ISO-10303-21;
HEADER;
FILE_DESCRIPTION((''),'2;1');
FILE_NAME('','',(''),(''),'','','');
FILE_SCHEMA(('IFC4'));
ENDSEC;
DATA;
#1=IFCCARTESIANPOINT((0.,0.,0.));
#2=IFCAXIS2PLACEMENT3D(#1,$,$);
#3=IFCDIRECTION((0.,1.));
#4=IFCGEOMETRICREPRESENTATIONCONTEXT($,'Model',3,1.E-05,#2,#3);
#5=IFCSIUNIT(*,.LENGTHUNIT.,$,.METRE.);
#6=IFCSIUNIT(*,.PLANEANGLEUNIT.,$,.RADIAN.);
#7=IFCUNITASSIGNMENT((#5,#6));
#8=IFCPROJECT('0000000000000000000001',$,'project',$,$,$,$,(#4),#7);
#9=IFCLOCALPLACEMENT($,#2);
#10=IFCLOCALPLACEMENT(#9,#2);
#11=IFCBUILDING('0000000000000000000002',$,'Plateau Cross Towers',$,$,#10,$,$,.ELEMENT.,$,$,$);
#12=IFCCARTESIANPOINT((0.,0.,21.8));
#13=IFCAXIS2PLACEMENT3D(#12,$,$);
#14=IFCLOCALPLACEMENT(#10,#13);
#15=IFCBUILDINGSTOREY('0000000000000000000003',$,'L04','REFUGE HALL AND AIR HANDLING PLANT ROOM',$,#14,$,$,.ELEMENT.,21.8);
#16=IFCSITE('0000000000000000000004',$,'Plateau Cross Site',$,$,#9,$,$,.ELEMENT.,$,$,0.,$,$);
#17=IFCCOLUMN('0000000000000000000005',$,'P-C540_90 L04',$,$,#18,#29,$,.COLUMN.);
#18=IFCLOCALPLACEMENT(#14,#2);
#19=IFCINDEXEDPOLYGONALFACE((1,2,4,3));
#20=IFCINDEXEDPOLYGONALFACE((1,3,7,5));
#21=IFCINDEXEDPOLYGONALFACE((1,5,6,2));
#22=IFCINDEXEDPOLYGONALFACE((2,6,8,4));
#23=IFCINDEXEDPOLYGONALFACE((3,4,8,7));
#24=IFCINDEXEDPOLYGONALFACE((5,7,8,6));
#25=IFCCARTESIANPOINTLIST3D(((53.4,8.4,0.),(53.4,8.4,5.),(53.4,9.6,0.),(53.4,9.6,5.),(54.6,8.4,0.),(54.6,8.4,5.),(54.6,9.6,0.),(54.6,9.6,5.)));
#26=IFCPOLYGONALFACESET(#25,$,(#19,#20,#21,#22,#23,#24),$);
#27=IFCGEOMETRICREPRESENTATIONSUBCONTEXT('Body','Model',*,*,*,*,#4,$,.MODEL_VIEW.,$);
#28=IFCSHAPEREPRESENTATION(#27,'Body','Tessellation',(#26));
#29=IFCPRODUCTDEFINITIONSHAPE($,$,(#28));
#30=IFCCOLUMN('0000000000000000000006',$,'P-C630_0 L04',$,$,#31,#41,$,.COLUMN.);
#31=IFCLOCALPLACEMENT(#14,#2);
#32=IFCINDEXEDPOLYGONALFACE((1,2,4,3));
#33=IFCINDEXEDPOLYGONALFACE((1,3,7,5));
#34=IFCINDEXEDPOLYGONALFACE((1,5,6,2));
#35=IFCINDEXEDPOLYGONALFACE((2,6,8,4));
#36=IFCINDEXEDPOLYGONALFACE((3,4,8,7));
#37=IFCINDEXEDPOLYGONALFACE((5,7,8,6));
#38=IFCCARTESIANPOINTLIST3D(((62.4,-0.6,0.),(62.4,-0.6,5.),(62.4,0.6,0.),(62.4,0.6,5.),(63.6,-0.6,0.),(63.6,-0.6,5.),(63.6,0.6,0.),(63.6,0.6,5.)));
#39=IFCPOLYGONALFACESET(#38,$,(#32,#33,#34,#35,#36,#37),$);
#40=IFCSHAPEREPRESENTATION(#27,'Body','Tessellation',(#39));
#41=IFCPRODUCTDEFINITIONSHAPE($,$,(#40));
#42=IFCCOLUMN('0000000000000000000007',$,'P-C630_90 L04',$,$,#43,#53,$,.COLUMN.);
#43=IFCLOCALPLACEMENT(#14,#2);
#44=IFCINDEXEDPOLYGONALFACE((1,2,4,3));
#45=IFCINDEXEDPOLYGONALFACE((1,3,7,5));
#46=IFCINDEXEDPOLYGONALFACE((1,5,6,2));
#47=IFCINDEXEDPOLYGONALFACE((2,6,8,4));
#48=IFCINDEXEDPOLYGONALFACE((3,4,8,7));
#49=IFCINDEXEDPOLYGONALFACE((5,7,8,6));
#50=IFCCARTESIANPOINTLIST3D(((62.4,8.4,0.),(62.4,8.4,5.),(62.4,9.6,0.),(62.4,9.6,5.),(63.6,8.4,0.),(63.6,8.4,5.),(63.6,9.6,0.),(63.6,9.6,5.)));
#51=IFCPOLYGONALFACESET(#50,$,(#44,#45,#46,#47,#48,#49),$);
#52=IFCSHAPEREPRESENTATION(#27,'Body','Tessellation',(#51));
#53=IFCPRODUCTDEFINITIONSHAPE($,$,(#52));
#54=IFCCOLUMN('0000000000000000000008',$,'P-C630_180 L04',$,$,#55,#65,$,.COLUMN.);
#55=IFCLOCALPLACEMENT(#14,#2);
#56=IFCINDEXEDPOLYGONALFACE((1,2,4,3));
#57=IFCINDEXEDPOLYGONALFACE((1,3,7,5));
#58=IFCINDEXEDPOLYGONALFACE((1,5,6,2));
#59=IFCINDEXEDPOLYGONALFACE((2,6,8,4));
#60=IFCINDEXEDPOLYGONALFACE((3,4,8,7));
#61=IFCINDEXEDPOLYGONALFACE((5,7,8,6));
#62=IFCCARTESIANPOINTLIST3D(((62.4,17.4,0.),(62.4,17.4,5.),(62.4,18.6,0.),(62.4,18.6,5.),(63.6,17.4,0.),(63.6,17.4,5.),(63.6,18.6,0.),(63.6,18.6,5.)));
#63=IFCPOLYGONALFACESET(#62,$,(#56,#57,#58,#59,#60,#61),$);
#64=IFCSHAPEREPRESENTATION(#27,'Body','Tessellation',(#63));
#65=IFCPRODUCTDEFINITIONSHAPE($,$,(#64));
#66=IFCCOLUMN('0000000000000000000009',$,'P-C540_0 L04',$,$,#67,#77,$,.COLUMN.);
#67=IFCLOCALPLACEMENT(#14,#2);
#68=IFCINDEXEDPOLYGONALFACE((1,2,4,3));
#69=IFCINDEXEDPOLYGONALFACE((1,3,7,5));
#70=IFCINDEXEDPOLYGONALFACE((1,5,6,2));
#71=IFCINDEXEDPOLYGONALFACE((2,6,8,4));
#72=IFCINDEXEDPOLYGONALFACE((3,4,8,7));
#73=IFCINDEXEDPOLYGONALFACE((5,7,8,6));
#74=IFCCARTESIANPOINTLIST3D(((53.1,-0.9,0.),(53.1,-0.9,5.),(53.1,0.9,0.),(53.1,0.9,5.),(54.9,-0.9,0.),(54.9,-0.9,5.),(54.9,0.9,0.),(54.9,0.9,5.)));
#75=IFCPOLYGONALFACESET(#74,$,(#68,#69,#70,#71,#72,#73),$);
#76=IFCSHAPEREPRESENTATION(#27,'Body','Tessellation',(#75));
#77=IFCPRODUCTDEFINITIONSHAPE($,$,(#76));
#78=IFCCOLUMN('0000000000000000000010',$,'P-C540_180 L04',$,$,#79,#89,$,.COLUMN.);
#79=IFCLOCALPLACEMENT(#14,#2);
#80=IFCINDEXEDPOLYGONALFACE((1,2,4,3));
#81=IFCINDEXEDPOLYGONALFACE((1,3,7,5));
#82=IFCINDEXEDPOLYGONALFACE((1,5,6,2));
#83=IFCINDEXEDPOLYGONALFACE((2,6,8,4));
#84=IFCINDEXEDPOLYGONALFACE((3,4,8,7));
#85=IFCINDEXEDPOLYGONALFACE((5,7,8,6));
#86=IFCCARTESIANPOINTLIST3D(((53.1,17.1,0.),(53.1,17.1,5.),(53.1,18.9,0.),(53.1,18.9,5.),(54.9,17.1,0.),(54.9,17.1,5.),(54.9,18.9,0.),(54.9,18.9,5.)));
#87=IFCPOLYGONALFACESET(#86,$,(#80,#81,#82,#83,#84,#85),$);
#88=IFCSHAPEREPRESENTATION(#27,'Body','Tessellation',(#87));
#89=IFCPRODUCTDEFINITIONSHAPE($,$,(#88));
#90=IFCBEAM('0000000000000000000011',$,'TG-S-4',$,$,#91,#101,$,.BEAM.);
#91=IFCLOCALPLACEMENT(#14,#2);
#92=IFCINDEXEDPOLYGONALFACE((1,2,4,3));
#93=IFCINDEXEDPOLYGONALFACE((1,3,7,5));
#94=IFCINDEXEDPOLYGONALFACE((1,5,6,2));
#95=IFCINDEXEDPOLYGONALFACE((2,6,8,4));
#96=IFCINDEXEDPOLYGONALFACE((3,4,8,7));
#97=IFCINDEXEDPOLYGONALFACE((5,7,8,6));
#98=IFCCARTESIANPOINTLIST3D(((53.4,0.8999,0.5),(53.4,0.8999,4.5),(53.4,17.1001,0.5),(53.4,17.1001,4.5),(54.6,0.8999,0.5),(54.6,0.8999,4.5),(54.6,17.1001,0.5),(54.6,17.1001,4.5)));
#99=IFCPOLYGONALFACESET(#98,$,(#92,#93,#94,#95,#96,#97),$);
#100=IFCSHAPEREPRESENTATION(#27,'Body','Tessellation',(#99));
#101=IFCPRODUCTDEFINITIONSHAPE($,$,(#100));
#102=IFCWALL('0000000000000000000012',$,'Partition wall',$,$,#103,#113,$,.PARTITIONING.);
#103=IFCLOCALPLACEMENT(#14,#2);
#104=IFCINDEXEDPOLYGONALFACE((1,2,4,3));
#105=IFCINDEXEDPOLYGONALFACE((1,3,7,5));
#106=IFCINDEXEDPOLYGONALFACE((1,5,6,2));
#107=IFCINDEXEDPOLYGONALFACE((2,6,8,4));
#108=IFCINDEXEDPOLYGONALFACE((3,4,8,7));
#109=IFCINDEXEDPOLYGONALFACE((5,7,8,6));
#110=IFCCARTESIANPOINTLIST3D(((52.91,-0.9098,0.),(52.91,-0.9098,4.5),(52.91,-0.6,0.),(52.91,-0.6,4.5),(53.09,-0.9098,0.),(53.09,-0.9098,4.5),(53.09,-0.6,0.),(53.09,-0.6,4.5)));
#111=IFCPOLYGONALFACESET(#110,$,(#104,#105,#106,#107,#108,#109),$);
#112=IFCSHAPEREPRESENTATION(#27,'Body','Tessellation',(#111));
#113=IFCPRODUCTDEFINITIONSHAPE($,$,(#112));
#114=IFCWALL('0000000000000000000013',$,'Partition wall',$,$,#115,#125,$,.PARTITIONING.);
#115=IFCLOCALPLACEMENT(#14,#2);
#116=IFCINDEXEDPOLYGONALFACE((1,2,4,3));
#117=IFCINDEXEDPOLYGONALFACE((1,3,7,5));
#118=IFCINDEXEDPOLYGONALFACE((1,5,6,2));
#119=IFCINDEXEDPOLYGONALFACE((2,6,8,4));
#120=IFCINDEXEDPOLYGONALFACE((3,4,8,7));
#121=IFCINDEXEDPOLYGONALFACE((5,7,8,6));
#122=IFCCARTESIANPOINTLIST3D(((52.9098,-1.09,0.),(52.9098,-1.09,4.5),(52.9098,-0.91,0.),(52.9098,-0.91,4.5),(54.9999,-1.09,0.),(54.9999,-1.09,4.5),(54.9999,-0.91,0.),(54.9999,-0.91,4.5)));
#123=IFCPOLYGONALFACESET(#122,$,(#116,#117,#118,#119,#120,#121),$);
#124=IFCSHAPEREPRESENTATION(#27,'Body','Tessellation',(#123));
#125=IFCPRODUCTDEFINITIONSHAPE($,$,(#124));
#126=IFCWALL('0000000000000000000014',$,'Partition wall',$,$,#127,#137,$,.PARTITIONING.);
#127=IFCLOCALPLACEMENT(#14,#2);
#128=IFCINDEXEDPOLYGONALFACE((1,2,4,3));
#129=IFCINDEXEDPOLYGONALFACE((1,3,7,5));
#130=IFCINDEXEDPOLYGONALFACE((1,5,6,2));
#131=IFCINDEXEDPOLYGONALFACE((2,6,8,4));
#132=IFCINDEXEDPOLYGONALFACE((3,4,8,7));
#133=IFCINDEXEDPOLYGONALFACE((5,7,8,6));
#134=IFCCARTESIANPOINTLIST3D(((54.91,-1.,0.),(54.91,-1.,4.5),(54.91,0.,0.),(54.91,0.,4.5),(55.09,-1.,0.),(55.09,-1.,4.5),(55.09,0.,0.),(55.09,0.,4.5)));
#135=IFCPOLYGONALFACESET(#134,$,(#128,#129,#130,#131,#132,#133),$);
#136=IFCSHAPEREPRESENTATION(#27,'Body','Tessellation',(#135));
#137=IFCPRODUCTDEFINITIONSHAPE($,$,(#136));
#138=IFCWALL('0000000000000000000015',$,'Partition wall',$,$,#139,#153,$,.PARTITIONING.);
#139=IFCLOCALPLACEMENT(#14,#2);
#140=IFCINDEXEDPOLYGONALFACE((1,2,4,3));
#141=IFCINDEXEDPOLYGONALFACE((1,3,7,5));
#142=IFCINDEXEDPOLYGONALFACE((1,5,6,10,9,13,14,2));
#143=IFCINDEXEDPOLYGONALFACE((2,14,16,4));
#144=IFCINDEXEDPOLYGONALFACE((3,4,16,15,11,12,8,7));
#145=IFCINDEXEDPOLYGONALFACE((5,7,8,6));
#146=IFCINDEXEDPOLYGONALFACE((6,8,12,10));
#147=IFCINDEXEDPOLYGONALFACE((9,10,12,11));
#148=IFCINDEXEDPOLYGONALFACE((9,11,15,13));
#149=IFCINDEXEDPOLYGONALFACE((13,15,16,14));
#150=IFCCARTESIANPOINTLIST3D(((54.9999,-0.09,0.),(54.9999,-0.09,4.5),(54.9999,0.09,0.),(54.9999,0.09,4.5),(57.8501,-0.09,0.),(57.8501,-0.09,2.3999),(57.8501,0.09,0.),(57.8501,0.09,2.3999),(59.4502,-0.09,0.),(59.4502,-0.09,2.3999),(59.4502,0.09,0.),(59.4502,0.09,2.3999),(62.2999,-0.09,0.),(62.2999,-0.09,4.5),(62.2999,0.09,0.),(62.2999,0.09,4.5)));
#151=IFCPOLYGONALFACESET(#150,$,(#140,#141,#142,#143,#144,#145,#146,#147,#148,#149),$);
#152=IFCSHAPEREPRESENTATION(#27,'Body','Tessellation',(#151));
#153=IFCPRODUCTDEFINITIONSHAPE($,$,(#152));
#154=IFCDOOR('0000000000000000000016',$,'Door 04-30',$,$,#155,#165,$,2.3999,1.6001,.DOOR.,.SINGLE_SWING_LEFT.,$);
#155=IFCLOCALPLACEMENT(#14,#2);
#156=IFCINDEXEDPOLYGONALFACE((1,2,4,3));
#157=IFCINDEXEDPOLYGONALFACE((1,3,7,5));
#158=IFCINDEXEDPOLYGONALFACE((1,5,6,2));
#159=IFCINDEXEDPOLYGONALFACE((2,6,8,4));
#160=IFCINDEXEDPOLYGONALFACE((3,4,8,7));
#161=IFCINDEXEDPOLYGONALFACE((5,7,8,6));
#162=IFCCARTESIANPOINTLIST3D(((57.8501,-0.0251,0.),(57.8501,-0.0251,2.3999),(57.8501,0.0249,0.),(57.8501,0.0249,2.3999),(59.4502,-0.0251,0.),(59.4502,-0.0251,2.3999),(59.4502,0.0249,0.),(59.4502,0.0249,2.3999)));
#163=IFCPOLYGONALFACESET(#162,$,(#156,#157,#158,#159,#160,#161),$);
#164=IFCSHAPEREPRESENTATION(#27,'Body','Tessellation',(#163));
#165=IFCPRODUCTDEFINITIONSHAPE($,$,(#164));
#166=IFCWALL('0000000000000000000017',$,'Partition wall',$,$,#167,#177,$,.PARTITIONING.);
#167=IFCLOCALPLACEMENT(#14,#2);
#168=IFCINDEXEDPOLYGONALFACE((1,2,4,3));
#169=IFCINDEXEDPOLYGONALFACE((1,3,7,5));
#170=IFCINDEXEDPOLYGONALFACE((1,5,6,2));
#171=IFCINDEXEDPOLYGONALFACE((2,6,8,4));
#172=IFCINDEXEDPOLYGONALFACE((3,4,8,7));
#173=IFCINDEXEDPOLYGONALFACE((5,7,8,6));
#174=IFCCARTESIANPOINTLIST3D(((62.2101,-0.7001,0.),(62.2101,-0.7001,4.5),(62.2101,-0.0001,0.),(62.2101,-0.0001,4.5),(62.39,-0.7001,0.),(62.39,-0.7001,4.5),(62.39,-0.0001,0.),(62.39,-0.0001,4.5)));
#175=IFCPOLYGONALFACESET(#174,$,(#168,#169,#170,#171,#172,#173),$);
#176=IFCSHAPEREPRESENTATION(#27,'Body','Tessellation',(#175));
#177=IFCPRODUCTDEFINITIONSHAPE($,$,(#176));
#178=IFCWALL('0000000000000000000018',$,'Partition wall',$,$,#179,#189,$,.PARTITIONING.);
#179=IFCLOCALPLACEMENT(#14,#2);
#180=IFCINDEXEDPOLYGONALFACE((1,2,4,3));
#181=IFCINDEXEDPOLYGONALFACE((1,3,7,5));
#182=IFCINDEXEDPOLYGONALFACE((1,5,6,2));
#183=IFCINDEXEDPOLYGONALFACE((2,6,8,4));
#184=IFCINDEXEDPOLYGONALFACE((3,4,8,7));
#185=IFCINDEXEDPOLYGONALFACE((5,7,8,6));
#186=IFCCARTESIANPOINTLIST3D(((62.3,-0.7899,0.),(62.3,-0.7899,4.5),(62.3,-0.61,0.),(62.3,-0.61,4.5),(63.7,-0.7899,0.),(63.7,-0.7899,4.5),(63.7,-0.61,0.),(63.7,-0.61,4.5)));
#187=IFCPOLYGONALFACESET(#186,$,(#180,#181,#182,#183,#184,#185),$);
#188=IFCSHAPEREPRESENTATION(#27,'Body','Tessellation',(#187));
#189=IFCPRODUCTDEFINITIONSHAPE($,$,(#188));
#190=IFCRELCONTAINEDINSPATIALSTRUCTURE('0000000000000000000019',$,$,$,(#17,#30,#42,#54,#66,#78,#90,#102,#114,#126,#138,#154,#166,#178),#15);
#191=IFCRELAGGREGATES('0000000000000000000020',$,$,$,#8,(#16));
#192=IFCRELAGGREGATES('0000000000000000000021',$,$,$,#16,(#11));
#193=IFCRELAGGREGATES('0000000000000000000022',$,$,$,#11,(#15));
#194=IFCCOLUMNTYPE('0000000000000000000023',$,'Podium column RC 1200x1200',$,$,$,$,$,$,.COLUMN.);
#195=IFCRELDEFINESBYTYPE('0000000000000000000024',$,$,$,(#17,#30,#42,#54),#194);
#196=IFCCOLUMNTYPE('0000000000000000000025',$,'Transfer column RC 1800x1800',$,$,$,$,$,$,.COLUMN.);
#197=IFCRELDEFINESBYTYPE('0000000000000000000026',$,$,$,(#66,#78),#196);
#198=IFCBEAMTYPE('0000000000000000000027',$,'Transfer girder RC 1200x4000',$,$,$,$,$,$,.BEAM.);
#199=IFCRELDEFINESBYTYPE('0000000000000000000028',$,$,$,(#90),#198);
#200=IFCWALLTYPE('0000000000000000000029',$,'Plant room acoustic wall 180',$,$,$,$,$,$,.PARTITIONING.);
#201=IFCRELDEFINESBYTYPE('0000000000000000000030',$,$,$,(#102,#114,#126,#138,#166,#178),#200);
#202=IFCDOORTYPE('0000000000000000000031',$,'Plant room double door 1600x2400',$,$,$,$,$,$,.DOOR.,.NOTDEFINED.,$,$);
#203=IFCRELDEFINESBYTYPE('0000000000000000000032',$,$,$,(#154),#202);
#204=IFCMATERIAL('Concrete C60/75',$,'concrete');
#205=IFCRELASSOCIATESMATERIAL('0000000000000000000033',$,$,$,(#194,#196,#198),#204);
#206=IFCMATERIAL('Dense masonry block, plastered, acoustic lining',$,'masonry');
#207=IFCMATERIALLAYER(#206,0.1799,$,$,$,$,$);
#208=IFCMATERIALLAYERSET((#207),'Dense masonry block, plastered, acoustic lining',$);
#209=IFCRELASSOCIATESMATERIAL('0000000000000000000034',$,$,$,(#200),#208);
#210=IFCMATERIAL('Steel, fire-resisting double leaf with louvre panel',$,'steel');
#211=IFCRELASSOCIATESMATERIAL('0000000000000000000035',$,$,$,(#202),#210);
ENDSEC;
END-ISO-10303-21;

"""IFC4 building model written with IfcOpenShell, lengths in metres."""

from ifc_helpers import new_model, si_unit, direction, frame, frame_2d, origin, origin_2d, place, context, subcontext, project, spatial, rectangle, extrude, material, layer, layer_set, material_profile, profile_set, type_object, element, fill, save


model = new_model("IFC4")

# Units and contexts
model_context = context("Model", 3, precision=1e-05, world=origin(), true_north=direction((0.0, 1.0)))
body_context = subcontext(model_context, "Body", "Model", "MODEL_VIEW")
ifc_project = project(units=[si_unit("LENGTHUNIT", "METRE"), si_unit("PLANEANGLEUNIT", "RADIAN")], contexts=[model_context])

# Site, building, storey
site_placement = place(None, origin())
site = spatial("IfcSite", under=ifc_project, at=site_placement, Name="Plateau Cross Site", CompositionType="ELEMENT", RefElevation=0.0)
building_placement = place(site_placement, origin())
building = spatial("IfcBuilding", under=site, at=building_placement, Name="Plateau Cross Towers", CompositionType="ELEMENT")
storey_placement = place(building_placement, frame((0.0, 0.0, 21.8)))
storey = spatial("IfcBuildingStorey", under=building, at=storey_placement, Name="L04", Description="REFUGE HALL AND AIR HANDLING PLANT ROOM", CompositionType="ELEMENT", Elevation=21.8)

# Columns
ifc_material_1 = material(Name="Concrete C60/75", Category="concrete")
ifc_material_profile_1 = material_profile(ifc_material_1, rectangle(XDim=1.2, YDim=1.2, at=origin_2d()), Name="RC 1200x1200")
ifc_profile_set_1 = profile_set([ifc_material_profile_1], Name="Concrete C60/75")
column_type_1 = type_object("IfcColumnType", Name="Podium column RC 1200x1200", PredefinedType="COLUMN", material=ifc_profile_set_1)
for number, where, z_axis, x_axis, name in (
    (1, (54.0, 9.0, 0.0), (0.0, 0.0, 1.0), (1.0, 0.0, 0.0), "P-C540_90 L04"),
    (2, (63.0, 0.0, 0.0), (0.0, 0.0, 1.0), (1.0, 0.0, 0.0), "P-C630_0 L04"),
    (3, (63.0, 9.0, 0.0), (0.0, 0.0, 1.0), (1.0, 0.0, 0.0), "P-C630_90 L04"),
    (4, (63.0, 18.0, 0.0), (0.0, 0.0, 1.0), (1.0, 0.0, 0.0), "P-C630_180 L04"),
):
    element("IfcColumn", number, at=place(storey_placement, frame(where, z_axis=z_axis, x_axis=x_axis)), inside=storey, type_object=column_type_1, Name=name, PredefinedType="COLUMN", context=body_context, shape_type="SweptSolid", body=[
        extrude(rectangle(XDim=1.2, YDim=1.2, at=origin_2d()), origin(), (0.0, 0.0, 1.0), 5.0),
    ])
ifc_material_profile_2 = material_profile(ifc_material_1, rectangle(XDim=1.8, YDim=1.8, at=origin_2d()), Name="RC 1800x1800")
ifc_profile_set_2 = profile_set([ifc_material_profile_2], Name="Concrete C60/75")
column_type_2 = type_object("IfcColumnType", Name="Transfer column RC 1800x1800", PredefinedType="COLUMN", material=ifc_profile_set_2)
for number, where, z_axis, x_axis, name in (
    (5, (54.0, 0.0, 0.0), (0.0, 0.0, 1.0), (1.0, 0.0, 0.0), "P-C540_0 L04"),
    (6, (54.0, 18.0, 0.0), (0.0, 0.0, 1.0), (1.0, 0.0, 0.0), "P-C540_180 L04"),
):
    element("IfcColumn", number, at=place(storey_placement, frame(where, z_axis=z_axis, x_axis=x_axis)), inside=storey, type_object=column_type_2, Name=name, PredefinedType="COLUMN", context=body_context, shape_type="SweptSolid", body=[
        extrude(rectangle(XDim=1.8, YDim=1.8, at=origin_2d()), origin(), (0.0, 0.0, 1.0), 5.0),
    ])

# Beam
ifc_material_profile_3 = material_profile(ifc_material_1, rectangle(XDim=1.2, YDim=4.0, at=origin_2d()), Name="RC 1200x4000")
ifc_profile_set_3 = profile_set([ifc_material_profile_3], Name="Concrete C60/75")
beam_type = type_object("IfcBeamType", Name="Transfer girder RC 1200x4000", PredefinedType="BEAM", material=ifc_profile_set_3)
beam_placement = place(storey_placement, frame((54.0, 0.8999, 2.5), z_axis=(0.0, 1.0, 0.0), x_axis=(-1.0, 0.0, 0.0)))
element("IfcBeam", 7, at=beam_placement, inside=storey, type_object=beam_type, Name="TG-S-4", PredefinedType="BEAM", context=body_context, shape_type="SweptSolid", body=[
    extrude(rectangle(XDim=1.2, YDim=4.0, at=origin_2d()), origin(), (0.0, 0.0, 1.0), 16.2002),
])

# Walls
ifc_material_2 = material(Name="Dense masonry block, plastered, acoustic lining", Category="masonry")
ifc_layer_1 = layer(ifc_material_2, 0.1799)
ifc_layer_set_1 = layer_set([ifc_layer_1], Name="Dense masonry block, plastered, acoustic lining")
wall_type_1 = type_object("IfcWallType", Name="Plant room acoustic wall 180", PredefinedType="PARTITIONING", material=ifc_layer_set_1)
wall_1_placement = place(storey_placement, frame((53.0, -0.6001, 0.0), z_axis=(0.0, 0.0, 1.0), x_axis=(0.0, -1.0, 0.0)))
element("IfcWall", 8, at=wall_1_placement, inside=storey, type_object=wall_type_1, Name="Partition wall", PredefinedType="PARTITIONING", context=body_context, shape_type="SweptSolid", body=[
    extrude(rectangle(XDim=0.3098, YDim=0.1799, at=frame_2d((0.1548, 0.0))), origin(), (0.0, 0.0, 1.0), 4.5),
])
wall_2_placement = place(storey_placement, frame((52.9099, -1.0, 0.0), z_axis=(0.0, 0.0, 1.0), x_axis=(1.0, 0.0, 0.0)))
element("IfcWall", 9, at=wall_2_placement, inside=storey, type_object=wall_type_1, Name="Partition wall", PredefinedType="PARTITIONING", context=body_context, shape_type="SweptSolid", body=[
    extrude(rectangle(XDim=2.0901, YDim=0.1799, at=frame_2d((1.0449, 0.0))), origin(), (0.0, 0.0, 1.0), 4.5),
])
wall_3_placement = place(storey_placement, frame((55.0, -1.0, 0.0), z_axis=(0.0, 0.0, 1.0), x_axis=(0.0, 1.0, 0.0)))
element("IfcWall", 10, at=wall_3_placement, inside=storey, type_object=wall_type_1, Name="Partition wall", PredefinedType="PARTITIONING", context=body_context, shape_type="SweptSolid", body=[
    extrude(rectangle(XDim=1.0, YDim=0.1799, at=frame_2d((0.5, 0.0))), origin(), (0.0, 0.0, 1.0), 4.5),
])

# Wall, opening, door
wall_4_placement = place(storey_placement, frame((55.0, 0.0, 0.0), z_axis=(0.0, 0.0, 1.0), x_axis=(1.0, 0.0, 0.0)))
wall_4 = element("IfcWall", 11, at=wall_4_placement, inside=storey, type_object=wall_type_1, Name="Partition wall", PredefinedType="PARTITIONING", context=body_context, shape_type="SweptSolid", body=[
    extrude(rectangle(XDim=7.3, YDim=0.1799, at=frame_2d((3.6499, 0.0))), origin(), (0.0, 0.0, 1.0), 4.5),
])
opening_placement = place(wall_4_placement, frame((2.8501, 0.0, 0.0)))
opening = element("IfcOpeningElement", 12, at=opening_placement, cuts=wall_4, PredefinedType="OPENING", context=body_context, shape_type="SweptSolid", body=[
    extrude(rectangle(XDim=1.6001, YDim=2.3999, at=frame_2d((0.8, 1.2))), frame((0.0, 0.0999, 0.0), z_axis=(0.0, -1.0, 0.0), x_axis=(1.0, 0.0, 0.0)), (0.0, 0.0, 1.0), 0.2),
])
ifc_material_3 = material(Name="Steel, fire-resisting double leaf with louvre panel", Category="steel")
door_type = type_object("IfcDoorType", Name="Plant room double door 1600x2400", OperationType="NOTDEFINED", PredefinedType="DOOR", material=ifc_material_3)
door_placement = place(opening_placement, origin())
door = element("IfcDoor", 13, at=door_placement, inside=storey, type_object=door_type, Name="Door 04-30", OperationType="SINGLE_SWING_LEFT", OverallHeight=2.3999, OverallWidth=1.6001, PredefinedType="DOOR", context=body_context, shape_type="SweptSolid", body=[
    extrude(rectangle(XDim=1.6001, YDim=2.3999, at=frame_2d((0.8, 1.2))), frame((0.0, 0.0249, 0.0), z_axis=(0.0, -1.0, 0.0), x_axis=(1.0, 0.0, 0.0)), (0.0, 0.0, 1.0), 0.05),
])
fill(opening, door)

# Walls
wall_5_placement = place(storey_placement, frame((62.3, 0.0, 0.0), z_axis=(0.0, 0.0, 1.0), x_axis=(0.0, -1.0, 0.0)))
element("IfcWall", 14, at=wall_5_placement, inside=storey, type_object=wall_type_1, Name="Partition wall", PredefinedType="PARTITIONING", context=body_context, shape_type="SweptSolid", body=[
    extrude(rectangle(XDim=0.7, YDim=0.1799, at=frame_2d((0.3501, 0.0))), origin(), (0.0, 0.0, 1.0), 4.5),
])
wall_6_placement = place(storey_placement, frame((62.3, -0.7, 0.0), z_axis=(0.0, 0.0, 1.0), x_axis=(1.0, 0.0, 0.0)))
element("IfcWall", 15, at=wall_6_placement, inside=storey, type_object=wall_type_1, Name="Partition wall", PredefinedType="PARTITIONING", context=body_context, shape_type="SweptSolid", body=[
    extrude(rectangle(XDim=1.3999, YDim=0.1799, at=frame_2d((0.7, 0.0))), origin(), (0.0, 0.0, 1.0), 4.5),
])

save(model, "model.ifc")
